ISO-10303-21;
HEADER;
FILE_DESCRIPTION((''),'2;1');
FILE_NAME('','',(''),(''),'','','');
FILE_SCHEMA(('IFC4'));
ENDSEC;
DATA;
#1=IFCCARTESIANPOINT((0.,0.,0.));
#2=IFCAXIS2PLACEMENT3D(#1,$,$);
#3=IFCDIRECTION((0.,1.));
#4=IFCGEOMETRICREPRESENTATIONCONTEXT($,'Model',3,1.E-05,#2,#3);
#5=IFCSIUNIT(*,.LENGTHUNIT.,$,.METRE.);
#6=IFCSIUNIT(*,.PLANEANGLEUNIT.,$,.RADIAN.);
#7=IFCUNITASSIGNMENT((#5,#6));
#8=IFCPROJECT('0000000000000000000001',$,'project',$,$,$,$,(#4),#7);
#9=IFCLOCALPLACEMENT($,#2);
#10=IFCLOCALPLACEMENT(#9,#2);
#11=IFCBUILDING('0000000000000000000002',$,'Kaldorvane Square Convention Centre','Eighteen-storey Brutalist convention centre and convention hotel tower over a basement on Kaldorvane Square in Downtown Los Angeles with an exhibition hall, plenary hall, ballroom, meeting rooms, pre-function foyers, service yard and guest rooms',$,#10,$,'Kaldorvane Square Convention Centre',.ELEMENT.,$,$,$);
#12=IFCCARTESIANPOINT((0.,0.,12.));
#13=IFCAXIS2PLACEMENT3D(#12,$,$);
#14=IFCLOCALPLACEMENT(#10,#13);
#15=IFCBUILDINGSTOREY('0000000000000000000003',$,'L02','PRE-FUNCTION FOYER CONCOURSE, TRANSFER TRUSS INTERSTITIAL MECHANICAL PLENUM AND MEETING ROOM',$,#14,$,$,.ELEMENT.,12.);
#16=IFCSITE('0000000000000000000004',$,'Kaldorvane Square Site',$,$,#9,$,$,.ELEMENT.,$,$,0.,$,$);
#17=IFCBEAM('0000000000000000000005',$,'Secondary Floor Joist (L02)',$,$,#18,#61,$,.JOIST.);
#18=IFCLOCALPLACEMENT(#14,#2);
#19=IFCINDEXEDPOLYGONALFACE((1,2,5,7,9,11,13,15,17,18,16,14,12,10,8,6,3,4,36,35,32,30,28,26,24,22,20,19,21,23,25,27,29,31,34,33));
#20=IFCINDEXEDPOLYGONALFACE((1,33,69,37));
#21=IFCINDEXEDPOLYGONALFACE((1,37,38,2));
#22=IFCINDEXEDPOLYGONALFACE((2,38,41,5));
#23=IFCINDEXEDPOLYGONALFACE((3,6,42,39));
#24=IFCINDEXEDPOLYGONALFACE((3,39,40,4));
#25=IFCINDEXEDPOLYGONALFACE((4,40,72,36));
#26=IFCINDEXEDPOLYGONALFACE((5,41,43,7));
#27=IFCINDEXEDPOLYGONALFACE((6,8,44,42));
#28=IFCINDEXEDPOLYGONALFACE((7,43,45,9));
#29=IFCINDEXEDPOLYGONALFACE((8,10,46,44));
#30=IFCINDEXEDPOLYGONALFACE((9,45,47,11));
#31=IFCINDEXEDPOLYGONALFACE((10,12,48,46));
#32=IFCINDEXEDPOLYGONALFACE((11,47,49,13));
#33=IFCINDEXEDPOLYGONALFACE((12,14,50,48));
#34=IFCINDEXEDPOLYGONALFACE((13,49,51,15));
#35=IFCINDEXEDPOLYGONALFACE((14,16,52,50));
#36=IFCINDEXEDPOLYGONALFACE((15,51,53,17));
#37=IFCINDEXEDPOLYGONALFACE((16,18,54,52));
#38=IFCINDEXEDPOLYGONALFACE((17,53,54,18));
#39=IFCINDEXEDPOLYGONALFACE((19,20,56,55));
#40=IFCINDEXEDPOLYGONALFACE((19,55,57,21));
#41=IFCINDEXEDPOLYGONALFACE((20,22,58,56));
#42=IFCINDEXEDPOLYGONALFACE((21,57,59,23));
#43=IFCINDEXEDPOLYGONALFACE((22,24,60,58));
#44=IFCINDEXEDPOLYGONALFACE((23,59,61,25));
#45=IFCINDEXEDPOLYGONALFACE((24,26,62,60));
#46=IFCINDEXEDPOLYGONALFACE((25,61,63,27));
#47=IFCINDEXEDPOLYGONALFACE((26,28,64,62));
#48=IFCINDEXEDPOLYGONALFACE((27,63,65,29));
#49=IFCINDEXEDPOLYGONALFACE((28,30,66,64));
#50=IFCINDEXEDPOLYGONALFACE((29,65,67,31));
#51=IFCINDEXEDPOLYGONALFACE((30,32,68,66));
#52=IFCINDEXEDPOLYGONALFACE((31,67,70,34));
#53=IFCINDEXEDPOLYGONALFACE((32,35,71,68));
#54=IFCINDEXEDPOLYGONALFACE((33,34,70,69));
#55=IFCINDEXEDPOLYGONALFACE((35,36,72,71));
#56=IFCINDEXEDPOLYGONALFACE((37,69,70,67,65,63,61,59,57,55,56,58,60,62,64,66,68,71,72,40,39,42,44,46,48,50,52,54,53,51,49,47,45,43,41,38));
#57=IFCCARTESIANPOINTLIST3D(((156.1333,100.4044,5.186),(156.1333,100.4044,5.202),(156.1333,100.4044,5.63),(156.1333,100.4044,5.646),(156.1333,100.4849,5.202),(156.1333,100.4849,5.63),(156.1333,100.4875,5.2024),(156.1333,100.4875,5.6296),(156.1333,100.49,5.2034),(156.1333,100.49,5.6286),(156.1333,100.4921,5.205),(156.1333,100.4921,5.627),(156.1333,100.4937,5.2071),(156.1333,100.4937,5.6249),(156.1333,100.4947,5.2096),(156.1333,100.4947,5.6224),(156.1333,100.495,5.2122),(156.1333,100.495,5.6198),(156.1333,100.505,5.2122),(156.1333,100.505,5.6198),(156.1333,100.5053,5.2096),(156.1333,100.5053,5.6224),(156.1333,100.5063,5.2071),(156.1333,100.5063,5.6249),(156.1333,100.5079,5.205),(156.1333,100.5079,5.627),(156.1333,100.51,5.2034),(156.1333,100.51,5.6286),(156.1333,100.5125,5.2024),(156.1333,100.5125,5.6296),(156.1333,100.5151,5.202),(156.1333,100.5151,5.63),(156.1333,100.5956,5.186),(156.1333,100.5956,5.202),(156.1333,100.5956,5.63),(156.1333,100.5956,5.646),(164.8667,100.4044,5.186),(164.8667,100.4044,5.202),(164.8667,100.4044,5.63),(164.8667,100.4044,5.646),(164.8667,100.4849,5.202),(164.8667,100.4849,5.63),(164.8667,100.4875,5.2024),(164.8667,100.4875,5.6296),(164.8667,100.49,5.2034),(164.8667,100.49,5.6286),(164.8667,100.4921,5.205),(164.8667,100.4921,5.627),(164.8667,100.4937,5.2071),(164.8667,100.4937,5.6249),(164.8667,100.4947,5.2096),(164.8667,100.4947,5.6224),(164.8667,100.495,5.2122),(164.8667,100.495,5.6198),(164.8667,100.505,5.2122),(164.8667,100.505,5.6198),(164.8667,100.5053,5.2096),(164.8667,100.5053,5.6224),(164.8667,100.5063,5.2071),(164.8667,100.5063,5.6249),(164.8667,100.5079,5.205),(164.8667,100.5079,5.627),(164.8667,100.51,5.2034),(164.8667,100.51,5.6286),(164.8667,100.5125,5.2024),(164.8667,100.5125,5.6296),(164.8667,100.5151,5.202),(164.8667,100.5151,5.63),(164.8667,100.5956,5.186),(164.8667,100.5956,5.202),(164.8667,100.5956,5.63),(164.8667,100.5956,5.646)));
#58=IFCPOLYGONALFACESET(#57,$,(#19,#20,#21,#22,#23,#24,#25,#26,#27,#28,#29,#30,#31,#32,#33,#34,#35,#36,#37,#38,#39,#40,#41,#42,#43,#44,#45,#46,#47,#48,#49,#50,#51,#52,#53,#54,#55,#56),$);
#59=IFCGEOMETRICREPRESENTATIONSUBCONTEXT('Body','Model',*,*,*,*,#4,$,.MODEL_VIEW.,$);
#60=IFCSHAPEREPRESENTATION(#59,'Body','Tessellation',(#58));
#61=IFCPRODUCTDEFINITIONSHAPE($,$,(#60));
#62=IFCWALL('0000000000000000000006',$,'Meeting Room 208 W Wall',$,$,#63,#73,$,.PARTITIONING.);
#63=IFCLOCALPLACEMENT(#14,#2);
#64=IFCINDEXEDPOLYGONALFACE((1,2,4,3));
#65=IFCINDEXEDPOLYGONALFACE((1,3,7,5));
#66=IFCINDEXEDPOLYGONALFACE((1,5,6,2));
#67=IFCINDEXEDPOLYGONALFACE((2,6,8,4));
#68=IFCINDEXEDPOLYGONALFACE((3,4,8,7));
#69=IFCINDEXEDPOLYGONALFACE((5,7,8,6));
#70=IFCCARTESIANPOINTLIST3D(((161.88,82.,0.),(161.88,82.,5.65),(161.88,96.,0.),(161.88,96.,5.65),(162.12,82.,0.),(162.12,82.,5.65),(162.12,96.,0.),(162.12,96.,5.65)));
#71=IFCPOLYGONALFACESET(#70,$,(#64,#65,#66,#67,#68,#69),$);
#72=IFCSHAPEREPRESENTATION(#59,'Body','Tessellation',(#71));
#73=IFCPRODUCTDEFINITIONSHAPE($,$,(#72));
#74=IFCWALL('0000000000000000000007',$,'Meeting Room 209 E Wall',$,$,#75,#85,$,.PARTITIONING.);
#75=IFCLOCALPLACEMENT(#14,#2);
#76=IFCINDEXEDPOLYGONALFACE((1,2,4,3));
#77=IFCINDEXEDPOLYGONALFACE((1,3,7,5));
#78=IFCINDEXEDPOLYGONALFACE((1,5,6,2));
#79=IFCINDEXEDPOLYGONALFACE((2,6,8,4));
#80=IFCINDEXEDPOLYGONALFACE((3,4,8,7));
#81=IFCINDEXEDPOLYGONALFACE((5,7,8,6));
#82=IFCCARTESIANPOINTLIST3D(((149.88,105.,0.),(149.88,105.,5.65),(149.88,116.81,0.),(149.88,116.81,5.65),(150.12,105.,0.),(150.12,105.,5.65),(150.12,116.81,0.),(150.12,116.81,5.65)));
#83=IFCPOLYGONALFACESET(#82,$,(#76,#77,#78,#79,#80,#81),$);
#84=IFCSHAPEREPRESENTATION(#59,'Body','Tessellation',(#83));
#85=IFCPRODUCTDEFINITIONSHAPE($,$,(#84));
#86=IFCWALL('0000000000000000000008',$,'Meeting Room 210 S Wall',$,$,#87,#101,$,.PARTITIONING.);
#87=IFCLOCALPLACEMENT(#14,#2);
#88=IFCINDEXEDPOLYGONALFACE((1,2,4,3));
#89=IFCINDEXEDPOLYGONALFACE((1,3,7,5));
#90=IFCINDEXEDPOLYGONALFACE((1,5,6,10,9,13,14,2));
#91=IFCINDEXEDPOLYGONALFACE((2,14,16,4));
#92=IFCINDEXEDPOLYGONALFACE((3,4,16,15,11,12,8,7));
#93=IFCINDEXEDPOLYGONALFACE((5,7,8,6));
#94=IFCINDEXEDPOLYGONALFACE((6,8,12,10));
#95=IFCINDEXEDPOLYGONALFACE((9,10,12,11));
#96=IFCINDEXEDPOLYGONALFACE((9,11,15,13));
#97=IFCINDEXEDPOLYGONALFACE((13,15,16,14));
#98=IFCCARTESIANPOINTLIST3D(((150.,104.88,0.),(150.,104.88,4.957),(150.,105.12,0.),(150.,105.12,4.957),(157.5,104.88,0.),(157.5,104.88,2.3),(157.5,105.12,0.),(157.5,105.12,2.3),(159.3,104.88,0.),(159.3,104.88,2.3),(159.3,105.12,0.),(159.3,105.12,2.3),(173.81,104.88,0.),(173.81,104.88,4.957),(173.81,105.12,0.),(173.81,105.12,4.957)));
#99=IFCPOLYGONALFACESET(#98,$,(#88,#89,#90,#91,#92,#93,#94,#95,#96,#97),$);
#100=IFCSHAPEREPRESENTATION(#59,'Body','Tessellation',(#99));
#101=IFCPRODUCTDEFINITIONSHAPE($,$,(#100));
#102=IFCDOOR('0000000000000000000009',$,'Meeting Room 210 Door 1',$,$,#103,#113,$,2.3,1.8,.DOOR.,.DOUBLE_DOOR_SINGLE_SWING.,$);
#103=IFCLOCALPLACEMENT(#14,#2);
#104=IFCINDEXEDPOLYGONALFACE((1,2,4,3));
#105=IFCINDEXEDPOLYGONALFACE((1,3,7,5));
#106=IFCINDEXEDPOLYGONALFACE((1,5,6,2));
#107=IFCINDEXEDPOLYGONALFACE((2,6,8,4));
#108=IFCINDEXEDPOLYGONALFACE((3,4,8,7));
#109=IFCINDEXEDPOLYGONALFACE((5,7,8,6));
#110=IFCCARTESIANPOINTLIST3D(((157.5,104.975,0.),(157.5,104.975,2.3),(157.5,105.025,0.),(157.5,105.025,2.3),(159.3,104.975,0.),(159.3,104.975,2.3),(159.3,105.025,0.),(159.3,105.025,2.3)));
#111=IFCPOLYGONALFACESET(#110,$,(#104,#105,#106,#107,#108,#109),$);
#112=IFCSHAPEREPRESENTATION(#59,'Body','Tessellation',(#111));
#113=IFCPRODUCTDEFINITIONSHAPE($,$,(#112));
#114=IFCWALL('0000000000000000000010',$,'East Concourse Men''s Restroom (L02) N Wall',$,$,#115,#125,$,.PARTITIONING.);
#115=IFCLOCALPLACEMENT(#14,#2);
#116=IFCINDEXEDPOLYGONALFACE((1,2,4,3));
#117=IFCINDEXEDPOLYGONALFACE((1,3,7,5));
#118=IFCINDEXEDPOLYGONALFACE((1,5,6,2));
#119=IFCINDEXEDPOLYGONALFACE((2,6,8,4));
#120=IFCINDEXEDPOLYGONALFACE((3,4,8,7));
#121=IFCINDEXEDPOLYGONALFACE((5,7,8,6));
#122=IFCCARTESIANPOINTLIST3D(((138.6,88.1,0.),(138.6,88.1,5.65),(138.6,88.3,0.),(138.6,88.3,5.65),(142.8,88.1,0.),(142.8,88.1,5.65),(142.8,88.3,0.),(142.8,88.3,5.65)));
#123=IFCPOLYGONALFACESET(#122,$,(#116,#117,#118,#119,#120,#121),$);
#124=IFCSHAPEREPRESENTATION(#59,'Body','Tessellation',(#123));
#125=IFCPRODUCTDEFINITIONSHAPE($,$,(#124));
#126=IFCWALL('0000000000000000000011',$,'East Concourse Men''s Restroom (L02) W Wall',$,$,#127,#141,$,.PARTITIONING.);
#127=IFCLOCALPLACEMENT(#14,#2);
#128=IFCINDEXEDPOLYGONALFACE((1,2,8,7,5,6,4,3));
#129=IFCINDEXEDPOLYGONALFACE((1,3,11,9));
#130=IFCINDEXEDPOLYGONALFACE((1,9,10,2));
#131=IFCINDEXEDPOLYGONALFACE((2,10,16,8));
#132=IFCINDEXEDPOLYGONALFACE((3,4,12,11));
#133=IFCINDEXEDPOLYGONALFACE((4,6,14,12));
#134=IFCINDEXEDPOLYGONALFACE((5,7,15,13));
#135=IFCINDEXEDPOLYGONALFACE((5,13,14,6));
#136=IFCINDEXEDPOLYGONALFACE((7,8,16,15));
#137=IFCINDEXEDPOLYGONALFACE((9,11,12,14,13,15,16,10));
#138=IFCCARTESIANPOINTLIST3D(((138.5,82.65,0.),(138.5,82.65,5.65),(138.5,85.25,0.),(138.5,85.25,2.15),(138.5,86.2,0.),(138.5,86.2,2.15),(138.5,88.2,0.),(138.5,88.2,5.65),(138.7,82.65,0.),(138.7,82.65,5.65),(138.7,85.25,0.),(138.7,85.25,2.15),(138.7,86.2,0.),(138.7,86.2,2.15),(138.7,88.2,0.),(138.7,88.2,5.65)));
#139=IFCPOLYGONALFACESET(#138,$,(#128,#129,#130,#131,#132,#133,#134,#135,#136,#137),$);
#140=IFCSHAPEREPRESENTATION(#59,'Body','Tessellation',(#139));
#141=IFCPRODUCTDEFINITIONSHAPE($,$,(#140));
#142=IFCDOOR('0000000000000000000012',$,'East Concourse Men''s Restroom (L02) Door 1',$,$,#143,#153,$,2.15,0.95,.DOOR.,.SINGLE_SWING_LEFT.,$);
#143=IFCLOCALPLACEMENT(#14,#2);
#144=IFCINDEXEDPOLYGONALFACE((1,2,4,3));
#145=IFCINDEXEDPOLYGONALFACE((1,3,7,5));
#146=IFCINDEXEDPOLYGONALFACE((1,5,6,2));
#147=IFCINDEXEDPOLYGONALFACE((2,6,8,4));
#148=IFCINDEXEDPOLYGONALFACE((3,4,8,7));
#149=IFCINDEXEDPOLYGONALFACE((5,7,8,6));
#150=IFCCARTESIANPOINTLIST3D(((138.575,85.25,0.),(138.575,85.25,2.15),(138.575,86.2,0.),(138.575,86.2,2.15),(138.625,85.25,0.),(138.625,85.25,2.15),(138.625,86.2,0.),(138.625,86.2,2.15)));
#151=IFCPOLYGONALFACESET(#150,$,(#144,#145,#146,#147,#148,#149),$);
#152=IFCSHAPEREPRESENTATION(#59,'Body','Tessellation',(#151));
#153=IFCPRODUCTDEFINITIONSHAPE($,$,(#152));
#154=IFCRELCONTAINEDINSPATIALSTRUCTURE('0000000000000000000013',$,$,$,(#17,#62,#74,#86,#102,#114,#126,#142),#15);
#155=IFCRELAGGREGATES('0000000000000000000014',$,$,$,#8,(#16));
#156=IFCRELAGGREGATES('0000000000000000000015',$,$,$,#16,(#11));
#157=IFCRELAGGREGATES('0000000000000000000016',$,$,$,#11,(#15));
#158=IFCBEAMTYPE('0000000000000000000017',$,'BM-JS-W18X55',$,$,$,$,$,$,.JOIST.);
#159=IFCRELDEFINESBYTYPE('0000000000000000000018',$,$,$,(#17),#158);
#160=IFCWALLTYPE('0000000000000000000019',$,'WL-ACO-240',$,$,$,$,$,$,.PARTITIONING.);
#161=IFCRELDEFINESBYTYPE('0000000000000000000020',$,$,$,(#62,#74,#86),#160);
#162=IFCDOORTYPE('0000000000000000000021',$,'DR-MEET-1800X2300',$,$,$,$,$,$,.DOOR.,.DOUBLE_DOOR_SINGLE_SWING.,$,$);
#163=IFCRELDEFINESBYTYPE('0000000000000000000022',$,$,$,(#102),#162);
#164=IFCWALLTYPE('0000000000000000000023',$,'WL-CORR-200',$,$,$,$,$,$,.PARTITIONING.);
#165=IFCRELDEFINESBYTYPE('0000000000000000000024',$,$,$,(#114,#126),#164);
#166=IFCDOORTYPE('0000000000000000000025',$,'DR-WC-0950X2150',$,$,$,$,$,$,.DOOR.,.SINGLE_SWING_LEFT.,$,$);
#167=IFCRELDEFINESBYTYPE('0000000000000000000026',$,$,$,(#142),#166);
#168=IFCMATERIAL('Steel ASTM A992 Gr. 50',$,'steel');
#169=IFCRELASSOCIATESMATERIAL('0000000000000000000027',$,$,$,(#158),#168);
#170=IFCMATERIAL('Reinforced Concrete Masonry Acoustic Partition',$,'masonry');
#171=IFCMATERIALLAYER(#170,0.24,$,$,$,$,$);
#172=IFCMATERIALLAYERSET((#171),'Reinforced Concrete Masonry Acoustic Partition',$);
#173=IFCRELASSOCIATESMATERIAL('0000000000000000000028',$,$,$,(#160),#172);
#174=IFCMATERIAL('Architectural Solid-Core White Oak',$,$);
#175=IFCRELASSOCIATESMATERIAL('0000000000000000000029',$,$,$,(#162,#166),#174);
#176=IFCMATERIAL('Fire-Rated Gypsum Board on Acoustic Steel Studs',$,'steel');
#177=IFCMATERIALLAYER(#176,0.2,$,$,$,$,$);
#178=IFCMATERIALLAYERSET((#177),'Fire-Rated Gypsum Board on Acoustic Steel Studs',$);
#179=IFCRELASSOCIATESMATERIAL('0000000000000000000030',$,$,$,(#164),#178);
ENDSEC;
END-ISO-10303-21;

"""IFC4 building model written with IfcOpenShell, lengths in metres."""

from ifc_helpers import new_model, si_unit, direction, frame, frame_2d, origin, origin_2d, place, context, subcontext, project, spatial, rectangle, i_section, extrude, material, layer, layer_set, material_profile, profile_set, type_object, element, fill, save


model = new_model("IFC4")

# Units and contexts
model_context = context("Model", 3, precision=1e-05, world=origin(), true_north=direction((0.0, 1.0)))
body_context = subcontext(model_context, "Body", "Model", "MODEL_VIEW")
ifc_project = project(units=[si_unit("LENGTHUNIT", "METRE"), si_unit("PLANEANGLEUNIT", "RADIAN")], contexts=[model_context])

# Site, building, storey
site_placement = place(None, origin())
site = spatial("IfcSite", under=ifc_project, at=site_placement, Name="Kaldorvane Square Site", CompositionType="ELEMENT", RefElevation=0.0)
building_placement = place(site_placement, origin())
building = spatial("IfcBuilding", under=site, at=building_placement, Name="Kaldorvane Square Convention Centre", Description="Eighteen-storey Brutalist convention centre and convention hotel tower over a basement on Kaldorvane Square in Downtown Los Angeles with an exhibition hall, plenary hall, ballroom, meeting rooms, pre-function foyers, service yard and guest rooms", LongName="Kaldorvane Square Convention Centre", CompositionType="ELEMENT")
storey_placement = place(building_placement, frame((0.0, 0.0, 12.0)))
storey = spatial("IfcBuildingStorey", under=building, at=storey_placement, Name="L02", Description="PRE-FUNCTION FOYER CONCOURSE, TRANSFER TRUSS INTERSTITIAL MECHANICAL PLENUM AND MEETING ROOM", CompositionType="ELEMENT", Elevation=12.0)

# Shared definitions
ifc_material_1 = material(Name="Steel ASTM A992 Gr. 50", Category="steel")

# Beam
ifc_material_profile_1 = material_profile(ifc_material_1, i_section(OverallWidth=0.1913, OverallDepth=0.46, WebThickness=0.0099, FlangeThickness=0.016, FilletRadius=0.0102, at=origin_2d()), Name="W18X55")
ifc_profile_set_1 = profile_set([ifc_material_profile_1], Name="Steel ASTM A992 Gr. 50")
beam_type_1 = type_object("IfcBeamType", Name="BM-JS-W18X55", PredefinedType="JOIST", material=ifc_profile_set_1)
for number, where, z_axis, x_axis, name in (
    (1, (156.1333, 100.5, 5.416), (1.0, 0.0, 0.0), (0.0, 1.0, 0.0), "Secondary Floor Joist (L02)"),
):
    element("IfcBeam", number, at=place(storey_placement, frame(where, z_axis=z_axis, x_axis=x_axis)), inside=storey, type_object=beam_type_1, Name=name, PredefinedType="JOIST", context=body_context, shape_type="SweptSolid", body=[
        extrude(i_section(OverallWidth=0.1913, OverallDepth=0.46, WebThickness=0.0099, FlangeThickness=0.016, FilletRadius=0.0102, at=origin_2d()), origin(), (0.0, 0.0, 1.0), 8.7334),
    ])

# Walls
ifc_material_2 = material(Name="Reinforced Concrete Masonry Acoustic Partition", Category="masonry")
ifc_layer_1 = layer(ifc_material_2, 0.24)
ifc_layer_set_1 = layer_set([ifc_layer_1], Name="Reinforced Concrete Masonry Acoustic Partition")
wall_type_1 = type_object("IfcWallType", Name="WL-ACO-240", PredefinedType="PARTITIONING", material=ifc_layer_set_1)
wall_1_placement = place(storey_placement, frame((162.0, 96.0, 0.0), z_axis=(0.0, 0.0, 1.0), x_axis=(0.0, -1.0, 0.0)))
element("IfcWall", 2, at=wall_1_placement, inside=storey, type_object=wall_type_1, Name="Meeting Room 208 W Wall", PredefinedType="PARTITIONING", context=body_context, shape_type="SweptSolid", body=[
    extrude(rectangle(XDim=14.0, YDim=0.24, at=frame_2d((7.0, 0.0))), origin(), (0.0, 0.0, 1.0), 5.65),
])
wall_2_placement = place(storey_placement, frame((150.0, 105.0, 0.0), z_axis=(0.0, 0.0, 1.0), x_axis=(0.0, 1.0, 0.0)))
element("IfcWall", 3, at=wall_2_placement, inside=storey, type_object=wall_type_1, Name="Meeting Room 209 E Wall", PredefinedType="PARTITIONING", context=body_context, shape_type="SweptSolid", body=[
    extrude(rectangle(XDim=11.81, YDim=0.24, at=frame_2d((5.905, 0.0))), origin(), (0.0, 0.0, 1.0), 5.65),
])

# Wall, opening, door
wall_3_placement = place(storey_placement, frame((150.0, 105.0, 0.0), z_axis=(0.0, 0.0, 1.0), x_axis=(1.0, 0.0, 0.0)))
wall_3 = element("IfcWall", 4, at=wall_3_placement, inside=storey, type_object=wall_type_1, Name="Meeting Room 210 S Wall", PredefinedType="PARTITIONING", context=body_context, shape_type="SweptSolid", body=[
    extrude(rectangle(XDim=23.81, YDim=0.24, at=frame_2d((11.905, 0.0))), origin(), (0.0, 0.0, 1.0), 4.957),
])
opening_1_placement = place(wall_3_placement, frame((7.5, 0.0, 0.0)))
opening_1 = element("IfcOpeningElement", 5, at=opening_1_placement, cuts=wall_3, PredefinedType="OPENING", context=body_context, shape_type="SweptSolid", body=[
    extrude(rectangle(XDim=1.8, YDim=2.3, at=frame_2d((0.9, 1.15))), frame((0.0, 0.135, 0.0), z_axis=(0.0, -1.0, 0.0), x_axis=(1.0, 0.0, 0.0)), (0.0, 0.0, 1.0), 0.27),
])
ifc_material_3 = material(Name="Architectural Solid-Core White Oak")
door_type_1 = type_object("IfcDoorType", Name="DR-MEET-1800X2300", OperationType="DOUBLE_DOOR_SINGLE_SWING", PredefinedType="DOOR", material=ifc_material_3)
door_1_placement = place(opening_1_placement, origin())
door_1 = element("IfcDoor", 6, at=door_1_placement, inside=storey, type_object=door_type_1, Name="Meeting Room 210 Door 1", OperationType="DOUBLE_DOOR_SINGLE_SWING", OverallHeight=2.3, OverallWidth=1.8, PredefinedType="DOOR", context=body_context, shape_type="SweptSolid", body=[
    extrude(rectangle(XDim=1.8, YDim=2.3, at=frame_2d((0.9, 1.15))), frame((0.0, 0.025, 0.0), z_axis=(0.0, -1.0, 0.0), x_axis=(1.0, 0.0, 0.0)), (0.0, 0.0, 1.0), 0.05),
])
fill(opening_1, door_1)

# Wall
ifc_material_4 = material(Name="Fire-Rated Gypsum Board on Acoustic Steel Studs", Category="steel")
ifc_layer_2 = layer(ifc_material_4, 0.2)
ifc_layer_set_2 = layer_set([ifc_layer_2], Name="Fire-Rated Gypsum Board on Acoustic Steel Studs")
wall_type_2 = type_object("IfcWallType", Name="WL-CORR-200", PredefinedType="PARTITIONING", material=ifc_layer_set_2)
wall_4_placement = place(storey_placement, frame((142.8, 88.2, 0.0), z_axis=(0.0, 0.0, 1.0), x_axis=(-1.0, 0.0, 0.0)))
element("IfcWall", 7, at=wall_4_placement, inside=storey, type_object=wall_type_2, Name="East Concourse Men's Restroom (L02) N Wall", PredefinedType="PARTITIONING", context=body_context, shape_type="SweptSolid", body=[
    extrude(rectangle(XDim=4.2, YDim=0.2, at=frame_2d((2.1, 0.0))), origin(), (0.0, 0.0, 1.0), 5.65),
])

# Wall, opening, door
wall_5_placement = place(storey_placement, frame((138.6, 88.2, 0.0), z_axis=(0.0, 0.0, 1.0), x_axis=(0.0, -1.0, 0.0)))
wall_5 = element("IfcWall", 8, at=wall_5_placement, inside=storey, type_object=wall_type_2, Name="East Concourse Men's Restroom (L02) W Wall", PredefinedType="PARTITIONING", context=body_context, shape_type="SweptSolid", body=[
    extrude(rectangle(XDim=5.55, YDim=0.2, at=frame_2d((2.775, 0.0))), origin(), (0.0, 0.0, 1.0), 5.65),
])
opening_2_placement = place(wall_5_placement, frame((2.0, 0.0, 0.0)))
opening_2 = element("IfcOpeningElement", 9, at=opening_2_placement, cuts=wall_5, PredefinedType="OPENING", context=body_context, shape_type="SweptSolid", body=[
    extrude(rectangle(XDim=0.95, YDim=2.15, at=frame_2d((0.475, 1.075))), frame((0.0, 0.115, 0.0), z_axis=(0.0, -1.0, 0.0), x_axis=(1.0, 0.0, 0.0)), (0.0, 0.0, 1.0), 0.23),
])
door_type_2 = type_object("IfcDoorType", Name="DR-WC-0950X2150", OperationType="SINGLE_SWING_LEFT", PredefinedType="DOOR", material=ifc_material_3)
door_2_placement = place(opening_2_placement, origin())
door_2 = element("IfcDoor", 10, at=door_2_placement, inside=storey, type_object=door_type_2, Name="East Concourse Men's Restroom (L02) Door 1", OperationType="SINGLE_SWING_LEFT", OverallHeight=2.15, OverallWidth=0.95, PredefinedType="DOOR", context=body_context, shape_type="SweptSolid", body=[
    extrude(rectangle(XDim=0.95, YDim=2.15, at=frame_2d((0.475, 1.075))), frame((0.0, 0.025, 0.0), z_axis=(0.0, -1.0, 0.0), x_axis=(1.0, 0.0, 0.0)), (0.0, 0.0, 1.0), 0.05),
])
fill(opening_2, door_2)

save(model, "model.ifc")
